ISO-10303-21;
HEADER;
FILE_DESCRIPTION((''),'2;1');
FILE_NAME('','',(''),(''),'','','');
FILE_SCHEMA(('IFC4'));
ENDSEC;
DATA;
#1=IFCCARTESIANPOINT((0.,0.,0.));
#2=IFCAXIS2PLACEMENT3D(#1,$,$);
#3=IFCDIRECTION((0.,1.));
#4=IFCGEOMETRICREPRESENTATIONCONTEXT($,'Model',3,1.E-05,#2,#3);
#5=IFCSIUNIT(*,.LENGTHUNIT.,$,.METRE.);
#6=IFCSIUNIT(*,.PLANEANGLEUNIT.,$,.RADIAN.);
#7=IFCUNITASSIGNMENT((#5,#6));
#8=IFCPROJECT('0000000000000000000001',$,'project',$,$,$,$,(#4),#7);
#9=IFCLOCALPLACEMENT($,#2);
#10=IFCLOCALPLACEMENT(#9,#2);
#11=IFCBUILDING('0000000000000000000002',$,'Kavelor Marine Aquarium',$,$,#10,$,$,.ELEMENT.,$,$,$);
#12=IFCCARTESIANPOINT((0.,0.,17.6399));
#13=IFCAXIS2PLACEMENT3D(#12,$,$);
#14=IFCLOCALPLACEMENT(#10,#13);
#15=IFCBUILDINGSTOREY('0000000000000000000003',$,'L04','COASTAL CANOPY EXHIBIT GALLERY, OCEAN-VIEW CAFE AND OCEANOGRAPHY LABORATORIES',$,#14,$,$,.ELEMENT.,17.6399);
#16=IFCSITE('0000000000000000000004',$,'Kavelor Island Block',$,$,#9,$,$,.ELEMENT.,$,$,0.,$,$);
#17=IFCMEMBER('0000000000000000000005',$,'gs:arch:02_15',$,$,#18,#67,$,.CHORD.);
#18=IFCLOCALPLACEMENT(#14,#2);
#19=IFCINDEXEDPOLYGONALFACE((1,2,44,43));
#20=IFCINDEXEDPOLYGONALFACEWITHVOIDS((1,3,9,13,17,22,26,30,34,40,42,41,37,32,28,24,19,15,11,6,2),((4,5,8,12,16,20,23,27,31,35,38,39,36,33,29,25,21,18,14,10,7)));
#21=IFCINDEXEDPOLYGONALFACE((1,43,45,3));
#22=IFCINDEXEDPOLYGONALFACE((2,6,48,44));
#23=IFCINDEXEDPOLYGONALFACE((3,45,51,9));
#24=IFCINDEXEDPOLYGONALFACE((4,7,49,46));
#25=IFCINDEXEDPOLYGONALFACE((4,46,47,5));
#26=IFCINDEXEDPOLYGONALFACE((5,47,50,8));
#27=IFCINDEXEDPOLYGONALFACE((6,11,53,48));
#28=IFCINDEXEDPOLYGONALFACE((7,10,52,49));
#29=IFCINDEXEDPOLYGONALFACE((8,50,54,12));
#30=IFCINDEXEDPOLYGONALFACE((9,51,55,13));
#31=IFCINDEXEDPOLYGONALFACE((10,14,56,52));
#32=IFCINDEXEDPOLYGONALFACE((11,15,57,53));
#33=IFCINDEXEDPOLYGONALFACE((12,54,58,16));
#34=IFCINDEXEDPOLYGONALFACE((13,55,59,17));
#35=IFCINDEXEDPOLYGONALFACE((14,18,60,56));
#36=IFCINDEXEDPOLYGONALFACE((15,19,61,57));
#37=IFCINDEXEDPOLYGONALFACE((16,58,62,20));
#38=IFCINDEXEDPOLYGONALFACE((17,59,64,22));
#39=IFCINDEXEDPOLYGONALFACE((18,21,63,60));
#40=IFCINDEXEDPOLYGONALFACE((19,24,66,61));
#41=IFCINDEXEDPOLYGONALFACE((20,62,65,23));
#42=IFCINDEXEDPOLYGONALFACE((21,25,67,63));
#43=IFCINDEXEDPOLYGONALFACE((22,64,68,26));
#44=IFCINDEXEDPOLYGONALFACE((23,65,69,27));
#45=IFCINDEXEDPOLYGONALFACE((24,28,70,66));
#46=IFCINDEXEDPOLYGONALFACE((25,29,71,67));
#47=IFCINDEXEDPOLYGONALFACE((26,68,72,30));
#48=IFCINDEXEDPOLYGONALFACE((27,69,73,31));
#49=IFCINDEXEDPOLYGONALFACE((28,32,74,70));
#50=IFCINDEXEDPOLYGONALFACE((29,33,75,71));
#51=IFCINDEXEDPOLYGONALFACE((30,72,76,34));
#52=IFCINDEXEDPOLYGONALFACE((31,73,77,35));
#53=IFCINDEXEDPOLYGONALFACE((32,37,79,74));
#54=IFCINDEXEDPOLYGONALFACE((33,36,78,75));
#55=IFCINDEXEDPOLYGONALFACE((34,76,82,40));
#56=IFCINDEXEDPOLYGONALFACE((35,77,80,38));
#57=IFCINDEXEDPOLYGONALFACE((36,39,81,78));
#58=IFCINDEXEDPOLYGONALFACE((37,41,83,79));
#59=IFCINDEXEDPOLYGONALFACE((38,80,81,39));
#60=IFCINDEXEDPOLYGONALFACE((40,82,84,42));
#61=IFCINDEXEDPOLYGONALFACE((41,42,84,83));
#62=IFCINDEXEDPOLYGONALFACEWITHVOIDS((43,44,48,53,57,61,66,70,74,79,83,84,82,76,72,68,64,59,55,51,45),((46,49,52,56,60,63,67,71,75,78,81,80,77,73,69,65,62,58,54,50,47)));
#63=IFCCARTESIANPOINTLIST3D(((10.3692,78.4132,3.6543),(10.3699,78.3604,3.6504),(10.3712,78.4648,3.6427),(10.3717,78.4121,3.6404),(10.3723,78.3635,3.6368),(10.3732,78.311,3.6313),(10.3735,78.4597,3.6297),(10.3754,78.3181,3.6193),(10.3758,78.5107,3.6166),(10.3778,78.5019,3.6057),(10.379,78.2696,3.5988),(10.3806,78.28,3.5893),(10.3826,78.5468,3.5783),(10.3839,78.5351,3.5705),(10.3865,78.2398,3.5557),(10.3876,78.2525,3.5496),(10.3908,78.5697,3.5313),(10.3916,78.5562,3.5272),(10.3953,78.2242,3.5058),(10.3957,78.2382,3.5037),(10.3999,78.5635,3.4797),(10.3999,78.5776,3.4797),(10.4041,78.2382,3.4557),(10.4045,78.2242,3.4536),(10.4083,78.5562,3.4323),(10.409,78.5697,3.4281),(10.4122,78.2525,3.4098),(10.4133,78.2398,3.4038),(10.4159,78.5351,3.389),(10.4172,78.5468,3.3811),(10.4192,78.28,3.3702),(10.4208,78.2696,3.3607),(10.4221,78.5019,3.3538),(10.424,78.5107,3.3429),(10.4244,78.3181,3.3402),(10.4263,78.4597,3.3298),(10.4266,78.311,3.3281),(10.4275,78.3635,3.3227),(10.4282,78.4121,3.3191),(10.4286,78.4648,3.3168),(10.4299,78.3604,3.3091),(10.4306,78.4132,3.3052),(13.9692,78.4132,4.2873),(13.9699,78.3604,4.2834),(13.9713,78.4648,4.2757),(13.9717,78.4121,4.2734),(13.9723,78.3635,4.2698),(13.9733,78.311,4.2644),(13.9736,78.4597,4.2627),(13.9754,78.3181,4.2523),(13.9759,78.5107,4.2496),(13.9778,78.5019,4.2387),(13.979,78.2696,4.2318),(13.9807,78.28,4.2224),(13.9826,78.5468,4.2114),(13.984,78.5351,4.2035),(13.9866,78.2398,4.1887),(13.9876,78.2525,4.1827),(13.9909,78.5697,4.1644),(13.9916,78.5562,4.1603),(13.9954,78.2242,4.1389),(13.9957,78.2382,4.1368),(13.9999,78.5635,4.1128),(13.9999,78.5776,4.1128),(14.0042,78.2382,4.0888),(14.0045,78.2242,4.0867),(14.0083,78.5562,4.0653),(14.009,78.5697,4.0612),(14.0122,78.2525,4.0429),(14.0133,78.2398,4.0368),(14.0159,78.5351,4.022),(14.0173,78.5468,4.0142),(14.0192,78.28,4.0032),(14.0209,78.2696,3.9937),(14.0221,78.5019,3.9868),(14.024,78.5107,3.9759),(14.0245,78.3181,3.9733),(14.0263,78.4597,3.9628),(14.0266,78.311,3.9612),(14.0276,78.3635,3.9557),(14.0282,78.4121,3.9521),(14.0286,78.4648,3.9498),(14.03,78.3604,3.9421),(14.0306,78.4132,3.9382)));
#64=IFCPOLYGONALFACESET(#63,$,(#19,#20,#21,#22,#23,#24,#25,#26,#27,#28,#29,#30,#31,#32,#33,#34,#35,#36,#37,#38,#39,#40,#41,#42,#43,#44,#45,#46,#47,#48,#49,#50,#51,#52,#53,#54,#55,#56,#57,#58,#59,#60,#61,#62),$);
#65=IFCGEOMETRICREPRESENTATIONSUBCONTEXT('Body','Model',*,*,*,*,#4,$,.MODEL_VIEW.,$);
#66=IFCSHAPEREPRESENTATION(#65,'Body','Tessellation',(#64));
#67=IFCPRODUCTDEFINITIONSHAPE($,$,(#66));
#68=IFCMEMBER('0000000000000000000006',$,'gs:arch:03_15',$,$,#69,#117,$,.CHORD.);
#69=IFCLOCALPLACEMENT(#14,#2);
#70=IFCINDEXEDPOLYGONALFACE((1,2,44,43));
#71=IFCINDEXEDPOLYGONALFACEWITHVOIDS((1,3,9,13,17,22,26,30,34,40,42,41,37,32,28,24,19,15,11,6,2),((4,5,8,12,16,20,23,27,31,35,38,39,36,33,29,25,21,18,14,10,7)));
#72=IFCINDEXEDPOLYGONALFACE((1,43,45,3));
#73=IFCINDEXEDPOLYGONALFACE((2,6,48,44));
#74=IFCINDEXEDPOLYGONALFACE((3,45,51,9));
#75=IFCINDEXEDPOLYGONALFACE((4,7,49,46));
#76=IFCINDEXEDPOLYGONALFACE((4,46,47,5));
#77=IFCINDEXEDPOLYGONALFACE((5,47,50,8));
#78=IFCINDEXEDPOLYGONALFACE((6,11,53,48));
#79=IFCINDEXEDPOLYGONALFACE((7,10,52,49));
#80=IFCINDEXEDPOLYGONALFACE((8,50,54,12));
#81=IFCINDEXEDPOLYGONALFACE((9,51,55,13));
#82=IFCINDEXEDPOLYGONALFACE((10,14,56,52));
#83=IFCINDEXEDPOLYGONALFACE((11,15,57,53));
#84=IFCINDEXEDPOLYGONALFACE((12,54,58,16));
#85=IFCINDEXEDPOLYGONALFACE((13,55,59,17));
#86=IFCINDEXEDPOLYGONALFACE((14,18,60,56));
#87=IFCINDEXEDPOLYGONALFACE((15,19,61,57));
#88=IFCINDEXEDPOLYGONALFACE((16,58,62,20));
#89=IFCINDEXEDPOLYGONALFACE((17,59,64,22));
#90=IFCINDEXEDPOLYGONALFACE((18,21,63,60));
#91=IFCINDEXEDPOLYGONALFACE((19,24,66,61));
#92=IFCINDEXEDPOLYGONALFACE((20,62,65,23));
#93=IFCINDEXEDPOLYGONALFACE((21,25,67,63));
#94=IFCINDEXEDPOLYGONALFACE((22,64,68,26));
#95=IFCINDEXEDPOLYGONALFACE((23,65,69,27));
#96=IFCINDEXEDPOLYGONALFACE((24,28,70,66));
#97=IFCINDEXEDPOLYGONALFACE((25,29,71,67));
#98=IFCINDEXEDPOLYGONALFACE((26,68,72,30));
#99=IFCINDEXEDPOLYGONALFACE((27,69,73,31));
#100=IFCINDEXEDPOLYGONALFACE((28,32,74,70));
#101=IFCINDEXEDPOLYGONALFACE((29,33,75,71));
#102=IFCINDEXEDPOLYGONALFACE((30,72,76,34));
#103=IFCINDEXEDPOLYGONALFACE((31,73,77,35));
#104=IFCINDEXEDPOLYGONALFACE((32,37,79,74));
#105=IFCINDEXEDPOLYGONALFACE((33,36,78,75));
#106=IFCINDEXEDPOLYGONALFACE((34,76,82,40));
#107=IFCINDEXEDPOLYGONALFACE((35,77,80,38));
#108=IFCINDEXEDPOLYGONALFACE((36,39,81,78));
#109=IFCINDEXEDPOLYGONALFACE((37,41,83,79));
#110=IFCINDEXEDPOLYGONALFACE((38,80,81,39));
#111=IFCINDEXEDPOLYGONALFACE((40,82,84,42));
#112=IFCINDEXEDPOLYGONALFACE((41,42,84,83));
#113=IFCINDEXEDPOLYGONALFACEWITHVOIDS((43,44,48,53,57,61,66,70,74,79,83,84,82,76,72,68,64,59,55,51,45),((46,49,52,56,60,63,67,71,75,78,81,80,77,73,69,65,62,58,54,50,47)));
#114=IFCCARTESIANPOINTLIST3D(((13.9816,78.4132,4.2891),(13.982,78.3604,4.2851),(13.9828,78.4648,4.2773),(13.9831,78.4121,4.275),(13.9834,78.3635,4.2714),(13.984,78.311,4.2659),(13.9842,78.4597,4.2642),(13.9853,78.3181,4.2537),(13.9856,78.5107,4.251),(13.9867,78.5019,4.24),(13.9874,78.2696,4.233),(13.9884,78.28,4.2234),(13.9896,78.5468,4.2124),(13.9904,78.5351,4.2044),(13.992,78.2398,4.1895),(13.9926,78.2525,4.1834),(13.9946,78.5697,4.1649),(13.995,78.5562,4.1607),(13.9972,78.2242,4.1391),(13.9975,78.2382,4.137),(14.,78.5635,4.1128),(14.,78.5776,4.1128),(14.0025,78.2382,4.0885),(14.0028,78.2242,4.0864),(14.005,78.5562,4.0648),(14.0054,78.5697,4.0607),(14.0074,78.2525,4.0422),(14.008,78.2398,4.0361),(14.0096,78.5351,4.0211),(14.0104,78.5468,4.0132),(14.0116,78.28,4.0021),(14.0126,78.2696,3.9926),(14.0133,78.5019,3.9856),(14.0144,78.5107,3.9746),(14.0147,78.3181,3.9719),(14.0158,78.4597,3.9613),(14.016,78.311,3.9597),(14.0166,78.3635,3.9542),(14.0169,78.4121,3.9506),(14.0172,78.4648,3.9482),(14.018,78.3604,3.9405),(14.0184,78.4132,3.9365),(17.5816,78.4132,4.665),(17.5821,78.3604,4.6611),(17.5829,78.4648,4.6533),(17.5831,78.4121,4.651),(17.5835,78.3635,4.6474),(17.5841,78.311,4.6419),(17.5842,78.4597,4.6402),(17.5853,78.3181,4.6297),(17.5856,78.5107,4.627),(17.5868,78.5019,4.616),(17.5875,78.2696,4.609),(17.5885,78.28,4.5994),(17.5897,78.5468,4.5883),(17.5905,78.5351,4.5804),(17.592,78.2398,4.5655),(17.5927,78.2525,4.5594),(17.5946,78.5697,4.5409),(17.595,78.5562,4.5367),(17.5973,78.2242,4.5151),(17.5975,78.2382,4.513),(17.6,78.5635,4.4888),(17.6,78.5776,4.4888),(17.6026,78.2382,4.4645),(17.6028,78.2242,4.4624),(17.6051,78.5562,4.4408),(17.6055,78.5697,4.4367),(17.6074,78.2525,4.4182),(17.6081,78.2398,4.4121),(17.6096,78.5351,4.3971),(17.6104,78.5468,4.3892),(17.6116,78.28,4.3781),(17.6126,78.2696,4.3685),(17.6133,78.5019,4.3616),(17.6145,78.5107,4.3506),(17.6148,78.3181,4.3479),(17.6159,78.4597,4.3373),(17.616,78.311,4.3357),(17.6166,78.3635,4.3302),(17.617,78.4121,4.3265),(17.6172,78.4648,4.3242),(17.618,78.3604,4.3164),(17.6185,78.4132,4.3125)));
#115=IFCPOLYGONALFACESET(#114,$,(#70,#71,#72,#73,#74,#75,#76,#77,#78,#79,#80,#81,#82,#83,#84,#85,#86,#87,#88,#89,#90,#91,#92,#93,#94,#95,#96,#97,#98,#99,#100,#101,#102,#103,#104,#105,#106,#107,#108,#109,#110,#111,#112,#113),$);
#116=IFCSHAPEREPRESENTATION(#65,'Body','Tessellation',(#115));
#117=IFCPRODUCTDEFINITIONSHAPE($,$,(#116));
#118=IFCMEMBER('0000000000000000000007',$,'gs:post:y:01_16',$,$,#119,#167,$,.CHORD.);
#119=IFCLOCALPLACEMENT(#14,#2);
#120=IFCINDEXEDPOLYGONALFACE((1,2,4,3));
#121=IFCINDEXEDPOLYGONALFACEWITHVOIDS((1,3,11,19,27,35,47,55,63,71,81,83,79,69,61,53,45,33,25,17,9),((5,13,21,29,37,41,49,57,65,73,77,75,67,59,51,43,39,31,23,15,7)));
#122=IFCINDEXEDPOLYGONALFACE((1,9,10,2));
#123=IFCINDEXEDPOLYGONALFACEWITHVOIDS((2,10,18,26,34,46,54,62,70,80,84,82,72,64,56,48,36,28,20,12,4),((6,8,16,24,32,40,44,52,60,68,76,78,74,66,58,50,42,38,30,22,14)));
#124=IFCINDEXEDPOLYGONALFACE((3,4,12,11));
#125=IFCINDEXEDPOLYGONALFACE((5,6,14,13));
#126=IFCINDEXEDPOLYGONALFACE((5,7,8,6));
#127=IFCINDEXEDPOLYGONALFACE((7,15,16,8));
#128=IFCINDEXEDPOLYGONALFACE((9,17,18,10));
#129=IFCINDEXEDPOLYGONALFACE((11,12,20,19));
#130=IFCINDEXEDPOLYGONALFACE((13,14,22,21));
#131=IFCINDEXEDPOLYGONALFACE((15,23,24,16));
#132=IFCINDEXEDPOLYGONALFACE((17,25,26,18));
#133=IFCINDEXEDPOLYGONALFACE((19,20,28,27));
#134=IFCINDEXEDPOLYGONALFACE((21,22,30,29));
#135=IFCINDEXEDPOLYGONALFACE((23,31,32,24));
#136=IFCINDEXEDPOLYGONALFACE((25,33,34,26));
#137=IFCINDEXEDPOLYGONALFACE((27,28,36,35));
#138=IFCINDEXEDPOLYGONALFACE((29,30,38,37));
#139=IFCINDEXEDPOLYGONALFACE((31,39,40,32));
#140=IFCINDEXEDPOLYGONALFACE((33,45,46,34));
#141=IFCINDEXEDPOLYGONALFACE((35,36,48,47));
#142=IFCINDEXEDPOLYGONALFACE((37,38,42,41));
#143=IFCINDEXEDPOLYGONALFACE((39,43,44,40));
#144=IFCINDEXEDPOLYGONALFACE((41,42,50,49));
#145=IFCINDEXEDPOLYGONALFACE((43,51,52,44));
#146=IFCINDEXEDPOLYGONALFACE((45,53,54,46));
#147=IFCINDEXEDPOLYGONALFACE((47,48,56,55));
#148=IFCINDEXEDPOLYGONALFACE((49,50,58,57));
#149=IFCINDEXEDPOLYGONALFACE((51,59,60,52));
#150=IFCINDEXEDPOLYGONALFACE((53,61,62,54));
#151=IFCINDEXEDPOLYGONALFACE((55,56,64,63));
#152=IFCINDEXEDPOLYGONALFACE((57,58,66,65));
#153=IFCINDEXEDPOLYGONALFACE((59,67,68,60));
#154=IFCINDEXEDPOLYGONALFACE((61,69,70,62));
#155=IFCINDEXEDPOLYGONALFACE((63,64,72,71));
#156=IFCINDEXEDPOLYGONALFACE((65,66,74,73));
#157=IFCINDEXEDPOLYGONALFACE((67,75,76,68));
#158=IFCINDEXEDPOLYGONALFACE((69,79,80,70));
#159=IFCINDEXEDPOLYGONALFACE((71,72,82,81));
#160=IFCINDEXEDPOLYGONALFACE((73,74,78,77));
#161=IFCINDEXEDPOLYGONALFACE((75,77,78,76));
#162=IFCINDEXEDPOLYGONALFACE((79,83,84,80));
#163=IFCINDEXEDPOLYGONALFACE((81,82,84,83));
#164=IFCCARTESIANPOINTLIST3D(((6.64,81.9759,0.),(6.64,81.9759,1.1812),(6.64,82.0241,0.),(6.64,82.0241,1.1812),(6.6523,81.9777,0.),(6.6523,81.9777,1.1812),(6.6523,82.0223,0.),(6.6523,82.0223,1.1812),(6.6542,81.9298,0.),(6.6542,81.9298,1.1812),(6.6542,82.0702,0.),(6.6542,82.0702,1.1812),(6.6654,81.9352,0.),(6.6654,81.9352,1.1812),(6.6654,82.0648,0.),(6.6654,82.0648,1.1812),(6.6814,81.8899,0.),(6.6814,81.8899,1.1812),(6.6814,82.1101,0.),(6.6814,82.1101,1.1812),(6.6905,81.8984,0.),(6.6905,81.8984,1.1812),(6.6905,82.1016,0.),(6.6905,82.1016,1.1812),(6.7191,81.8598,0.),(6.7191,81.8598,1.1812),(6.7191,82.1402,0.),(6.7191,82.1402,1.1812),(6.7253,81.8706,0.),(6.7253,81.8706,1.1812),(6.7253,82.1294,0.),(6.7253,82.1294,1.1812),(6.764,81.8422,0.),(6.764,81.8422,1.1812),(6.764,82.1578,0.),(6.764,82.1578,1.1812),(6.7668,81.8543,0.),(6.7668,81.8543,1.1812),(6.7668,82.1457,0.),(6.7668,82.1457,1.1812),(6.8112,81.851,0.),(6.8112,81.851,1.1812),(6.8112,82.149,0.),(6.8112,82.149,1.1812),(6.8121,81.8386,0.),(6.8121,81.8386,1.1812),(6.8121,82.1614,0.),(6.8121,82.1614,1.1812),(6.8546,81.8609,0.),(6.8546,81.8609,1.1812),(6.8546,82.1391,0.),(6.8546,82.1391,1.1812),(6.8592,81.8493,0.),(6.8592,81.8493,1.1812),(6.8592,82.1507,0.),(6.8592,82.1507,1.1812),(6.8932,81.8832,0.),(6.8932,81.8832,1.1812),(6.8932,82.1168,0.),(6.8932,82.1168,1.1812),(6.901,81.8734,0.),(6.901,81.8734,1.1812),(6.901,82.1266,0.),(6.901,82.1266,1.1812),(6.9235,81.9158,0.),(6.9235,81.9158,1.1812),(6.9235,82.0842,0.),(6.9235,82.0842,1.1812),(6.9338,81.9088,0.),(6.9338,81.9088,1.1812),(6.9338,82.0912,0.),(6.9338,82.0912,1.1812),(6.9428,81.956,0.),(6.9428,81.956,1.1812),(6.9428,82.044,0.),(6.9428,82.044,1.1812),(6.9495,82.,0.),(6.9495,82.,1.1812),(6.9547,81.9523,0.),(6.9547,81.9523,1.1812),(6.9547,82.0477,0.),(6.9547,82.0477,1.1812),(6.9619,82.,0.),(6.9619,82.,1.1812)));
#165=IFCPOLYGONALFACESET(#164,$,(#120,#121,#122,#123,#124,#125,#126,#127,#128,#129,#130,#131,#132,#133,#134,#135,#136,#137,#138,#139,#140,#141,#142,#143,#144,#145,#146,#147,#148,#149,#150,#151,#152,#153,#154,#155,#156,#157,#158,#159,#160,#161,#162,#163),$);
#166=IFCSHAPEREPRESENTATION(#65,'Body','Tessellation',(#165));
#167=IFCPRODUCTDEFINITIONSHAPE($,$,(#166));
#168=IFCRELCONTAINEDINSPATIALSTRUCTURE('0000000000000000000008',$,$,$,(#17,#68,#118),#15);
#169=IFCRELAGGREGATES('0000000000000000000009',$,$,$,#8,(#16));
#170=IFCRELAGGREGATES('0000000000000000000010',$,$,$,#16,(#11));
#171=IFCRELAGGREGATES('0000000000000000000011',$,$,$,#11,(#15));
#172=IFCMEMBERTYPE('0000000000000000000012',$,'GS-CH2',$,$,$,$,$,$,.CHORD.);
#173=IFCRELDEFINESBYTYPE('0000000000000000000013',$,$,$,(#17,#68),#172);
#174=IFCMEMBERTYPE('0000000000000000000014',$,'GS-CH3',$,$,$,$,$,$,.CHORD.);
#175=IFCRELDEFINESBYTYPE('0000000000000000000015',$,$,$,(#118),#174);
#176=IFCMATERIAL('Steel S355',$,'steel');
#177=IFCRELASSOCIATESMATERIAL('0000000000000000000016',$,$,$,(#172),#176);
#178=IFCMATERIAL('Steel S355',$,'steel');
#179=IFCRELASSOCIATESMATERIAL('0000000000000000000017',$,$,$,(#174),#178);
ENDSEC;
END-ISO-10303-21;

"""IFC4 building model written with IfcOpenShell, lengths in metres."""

from ifc_helpers import new_model, si_unit, direction, frame, origin, origin_2d, place, context, subcontext, project, spatial, hollow_circle, extrude, material, material_profile, profile_set, type_object, element, save


model = new_model("IFC4")

# Units and contexts
model_context = context("Model", 3, precision=1e-05, world=origin(), true_north=direction((0.0, 1.0)))
body_context = subcontext(model_context, "Body", "Model", "MODEL_VIEW")
ifc_project = project(units=[si_unit("LENGTHUNIT", "METRE"), si_unit("PLANEANGLEUNIT", "RADIAN")], contexts=[model_context])

# Site, building, storey
site_placement = place(None, origin())
site = spatial("IfcSite", under=ifc_project, at=site_placement, Name="Kavelor Island Block", CompositionType="ELEMENT", RefElevation=0.0)
building_placement = place(site_placement, origin())
building = spatial("IfcBuilding", under=site, at=building_placement, Name="Kavelor Marine Aquarium", CompositionType="ELEMENT")
storey_placement = place(building_placement, frame((0.0, 0.0, 17.6399)))
storey = spatial("IfcBuildingStorey", under=building, at=storey_placement, Name="L04", Description="COASTAL CANOPY EXHIBIT GALLERY, OCEAN-VIEW CAFE AND OCEANOGRAPHY LABORATORIES", CompositionType="ELEMENT", Elevation=17.6399)

# Members
ifc_material_1 = material(Name="Steel S355", Category="steel")
ifc_material_profile_1 = material_profile(ifc_material_1, hollow_circle(Radius=0.1777, WallThickness=0.0142, at=origin_2d()), Name="CHS 355.6x14.2")
ifc_profile_set_1 = profile_set([ifc_material_profile_1], Name="Steel S355")
member_type_1 = type_object("IfcMemberType", Name="GS-CH2", PredefinedType="CHORD", material=ifc_profile_set_1)
member_1_placement = place(storey_placement, frame((10.3999, 78.3999, 3.4797), z_axis=(0.984889, 0.0, 0.173187), x_axis=(0.0, 1.0, 0.0)))
element("IfcMember", 1, at=member_1_placement, inside=storey, type_object=member_type_1, Name="gs:arch:02_15", PredefinedType="CHORD", context=body_context, shape_type="SweptSolid", body=[
    extrude(hollow_circle(Radius=0.1777, WallThickness=0.0142, at=origin_2d()), origin(), (0.0, 0.0, 1.0), 3.6553),
])
member_2_placement = place(storey_placement, frame((14.0, 78.3999, 4.1128), z_axis=(0.994591, 0.0, 0.10387), x_axis=(0.0, 1.0, 0.0)))
element("IfcMember", 2, at=member_2_placement, inside=storey, type_object=member_type_1, Name="gs:arch:03_15", PredefinedType="CHORD", context=body_context, shape_type="SweptSolid", body=[
    extrude(hollow_circle(Radius=0.1777, WallThickness=0.0142, at=origin_2d()), origin(), (0.0, 0.0, 1.0), 3.6196),
])
ifc_material_2 = material(Name="Steel S355", Category="steel")
ifc_material_profile_2 = material_profile(ifc_material_2, hollow_circle(Radius=0.1619, WallThickness=0.0125, at=origin_2d()), Name="CHS 323.9x12.5")
ifc_profile_set_2 = profile_set([ifc_material_profile_2], Name="Steel S355")
member_type_2 = type_object("IfcMemberType", Name="GS-CH3", PredefinedType="CHORD", material=ifc_profile_set_2)
member_3_placement = place(storey_placement, frame((6.8, 82.0, 0.0), z_axis=(0.0, 0.0, 1.0), x_axis=(1.0, 0.0, 0.0)))
element("IfcMember", 3, at=member_3_placement, inside=storey, type_object=member_type_2, Name="gs:post:y:01_16", PredefinedType="CHORD", context=body_context, shape_type="SweptSolid", body=[
    extrude(hollow_circle(Radius=0.1619, WallThickness=0.0125, at=origin_2d()), origin(), (0.0, 0.0, 1.0), 1.1812),
])

save(model, "model.ifc")
